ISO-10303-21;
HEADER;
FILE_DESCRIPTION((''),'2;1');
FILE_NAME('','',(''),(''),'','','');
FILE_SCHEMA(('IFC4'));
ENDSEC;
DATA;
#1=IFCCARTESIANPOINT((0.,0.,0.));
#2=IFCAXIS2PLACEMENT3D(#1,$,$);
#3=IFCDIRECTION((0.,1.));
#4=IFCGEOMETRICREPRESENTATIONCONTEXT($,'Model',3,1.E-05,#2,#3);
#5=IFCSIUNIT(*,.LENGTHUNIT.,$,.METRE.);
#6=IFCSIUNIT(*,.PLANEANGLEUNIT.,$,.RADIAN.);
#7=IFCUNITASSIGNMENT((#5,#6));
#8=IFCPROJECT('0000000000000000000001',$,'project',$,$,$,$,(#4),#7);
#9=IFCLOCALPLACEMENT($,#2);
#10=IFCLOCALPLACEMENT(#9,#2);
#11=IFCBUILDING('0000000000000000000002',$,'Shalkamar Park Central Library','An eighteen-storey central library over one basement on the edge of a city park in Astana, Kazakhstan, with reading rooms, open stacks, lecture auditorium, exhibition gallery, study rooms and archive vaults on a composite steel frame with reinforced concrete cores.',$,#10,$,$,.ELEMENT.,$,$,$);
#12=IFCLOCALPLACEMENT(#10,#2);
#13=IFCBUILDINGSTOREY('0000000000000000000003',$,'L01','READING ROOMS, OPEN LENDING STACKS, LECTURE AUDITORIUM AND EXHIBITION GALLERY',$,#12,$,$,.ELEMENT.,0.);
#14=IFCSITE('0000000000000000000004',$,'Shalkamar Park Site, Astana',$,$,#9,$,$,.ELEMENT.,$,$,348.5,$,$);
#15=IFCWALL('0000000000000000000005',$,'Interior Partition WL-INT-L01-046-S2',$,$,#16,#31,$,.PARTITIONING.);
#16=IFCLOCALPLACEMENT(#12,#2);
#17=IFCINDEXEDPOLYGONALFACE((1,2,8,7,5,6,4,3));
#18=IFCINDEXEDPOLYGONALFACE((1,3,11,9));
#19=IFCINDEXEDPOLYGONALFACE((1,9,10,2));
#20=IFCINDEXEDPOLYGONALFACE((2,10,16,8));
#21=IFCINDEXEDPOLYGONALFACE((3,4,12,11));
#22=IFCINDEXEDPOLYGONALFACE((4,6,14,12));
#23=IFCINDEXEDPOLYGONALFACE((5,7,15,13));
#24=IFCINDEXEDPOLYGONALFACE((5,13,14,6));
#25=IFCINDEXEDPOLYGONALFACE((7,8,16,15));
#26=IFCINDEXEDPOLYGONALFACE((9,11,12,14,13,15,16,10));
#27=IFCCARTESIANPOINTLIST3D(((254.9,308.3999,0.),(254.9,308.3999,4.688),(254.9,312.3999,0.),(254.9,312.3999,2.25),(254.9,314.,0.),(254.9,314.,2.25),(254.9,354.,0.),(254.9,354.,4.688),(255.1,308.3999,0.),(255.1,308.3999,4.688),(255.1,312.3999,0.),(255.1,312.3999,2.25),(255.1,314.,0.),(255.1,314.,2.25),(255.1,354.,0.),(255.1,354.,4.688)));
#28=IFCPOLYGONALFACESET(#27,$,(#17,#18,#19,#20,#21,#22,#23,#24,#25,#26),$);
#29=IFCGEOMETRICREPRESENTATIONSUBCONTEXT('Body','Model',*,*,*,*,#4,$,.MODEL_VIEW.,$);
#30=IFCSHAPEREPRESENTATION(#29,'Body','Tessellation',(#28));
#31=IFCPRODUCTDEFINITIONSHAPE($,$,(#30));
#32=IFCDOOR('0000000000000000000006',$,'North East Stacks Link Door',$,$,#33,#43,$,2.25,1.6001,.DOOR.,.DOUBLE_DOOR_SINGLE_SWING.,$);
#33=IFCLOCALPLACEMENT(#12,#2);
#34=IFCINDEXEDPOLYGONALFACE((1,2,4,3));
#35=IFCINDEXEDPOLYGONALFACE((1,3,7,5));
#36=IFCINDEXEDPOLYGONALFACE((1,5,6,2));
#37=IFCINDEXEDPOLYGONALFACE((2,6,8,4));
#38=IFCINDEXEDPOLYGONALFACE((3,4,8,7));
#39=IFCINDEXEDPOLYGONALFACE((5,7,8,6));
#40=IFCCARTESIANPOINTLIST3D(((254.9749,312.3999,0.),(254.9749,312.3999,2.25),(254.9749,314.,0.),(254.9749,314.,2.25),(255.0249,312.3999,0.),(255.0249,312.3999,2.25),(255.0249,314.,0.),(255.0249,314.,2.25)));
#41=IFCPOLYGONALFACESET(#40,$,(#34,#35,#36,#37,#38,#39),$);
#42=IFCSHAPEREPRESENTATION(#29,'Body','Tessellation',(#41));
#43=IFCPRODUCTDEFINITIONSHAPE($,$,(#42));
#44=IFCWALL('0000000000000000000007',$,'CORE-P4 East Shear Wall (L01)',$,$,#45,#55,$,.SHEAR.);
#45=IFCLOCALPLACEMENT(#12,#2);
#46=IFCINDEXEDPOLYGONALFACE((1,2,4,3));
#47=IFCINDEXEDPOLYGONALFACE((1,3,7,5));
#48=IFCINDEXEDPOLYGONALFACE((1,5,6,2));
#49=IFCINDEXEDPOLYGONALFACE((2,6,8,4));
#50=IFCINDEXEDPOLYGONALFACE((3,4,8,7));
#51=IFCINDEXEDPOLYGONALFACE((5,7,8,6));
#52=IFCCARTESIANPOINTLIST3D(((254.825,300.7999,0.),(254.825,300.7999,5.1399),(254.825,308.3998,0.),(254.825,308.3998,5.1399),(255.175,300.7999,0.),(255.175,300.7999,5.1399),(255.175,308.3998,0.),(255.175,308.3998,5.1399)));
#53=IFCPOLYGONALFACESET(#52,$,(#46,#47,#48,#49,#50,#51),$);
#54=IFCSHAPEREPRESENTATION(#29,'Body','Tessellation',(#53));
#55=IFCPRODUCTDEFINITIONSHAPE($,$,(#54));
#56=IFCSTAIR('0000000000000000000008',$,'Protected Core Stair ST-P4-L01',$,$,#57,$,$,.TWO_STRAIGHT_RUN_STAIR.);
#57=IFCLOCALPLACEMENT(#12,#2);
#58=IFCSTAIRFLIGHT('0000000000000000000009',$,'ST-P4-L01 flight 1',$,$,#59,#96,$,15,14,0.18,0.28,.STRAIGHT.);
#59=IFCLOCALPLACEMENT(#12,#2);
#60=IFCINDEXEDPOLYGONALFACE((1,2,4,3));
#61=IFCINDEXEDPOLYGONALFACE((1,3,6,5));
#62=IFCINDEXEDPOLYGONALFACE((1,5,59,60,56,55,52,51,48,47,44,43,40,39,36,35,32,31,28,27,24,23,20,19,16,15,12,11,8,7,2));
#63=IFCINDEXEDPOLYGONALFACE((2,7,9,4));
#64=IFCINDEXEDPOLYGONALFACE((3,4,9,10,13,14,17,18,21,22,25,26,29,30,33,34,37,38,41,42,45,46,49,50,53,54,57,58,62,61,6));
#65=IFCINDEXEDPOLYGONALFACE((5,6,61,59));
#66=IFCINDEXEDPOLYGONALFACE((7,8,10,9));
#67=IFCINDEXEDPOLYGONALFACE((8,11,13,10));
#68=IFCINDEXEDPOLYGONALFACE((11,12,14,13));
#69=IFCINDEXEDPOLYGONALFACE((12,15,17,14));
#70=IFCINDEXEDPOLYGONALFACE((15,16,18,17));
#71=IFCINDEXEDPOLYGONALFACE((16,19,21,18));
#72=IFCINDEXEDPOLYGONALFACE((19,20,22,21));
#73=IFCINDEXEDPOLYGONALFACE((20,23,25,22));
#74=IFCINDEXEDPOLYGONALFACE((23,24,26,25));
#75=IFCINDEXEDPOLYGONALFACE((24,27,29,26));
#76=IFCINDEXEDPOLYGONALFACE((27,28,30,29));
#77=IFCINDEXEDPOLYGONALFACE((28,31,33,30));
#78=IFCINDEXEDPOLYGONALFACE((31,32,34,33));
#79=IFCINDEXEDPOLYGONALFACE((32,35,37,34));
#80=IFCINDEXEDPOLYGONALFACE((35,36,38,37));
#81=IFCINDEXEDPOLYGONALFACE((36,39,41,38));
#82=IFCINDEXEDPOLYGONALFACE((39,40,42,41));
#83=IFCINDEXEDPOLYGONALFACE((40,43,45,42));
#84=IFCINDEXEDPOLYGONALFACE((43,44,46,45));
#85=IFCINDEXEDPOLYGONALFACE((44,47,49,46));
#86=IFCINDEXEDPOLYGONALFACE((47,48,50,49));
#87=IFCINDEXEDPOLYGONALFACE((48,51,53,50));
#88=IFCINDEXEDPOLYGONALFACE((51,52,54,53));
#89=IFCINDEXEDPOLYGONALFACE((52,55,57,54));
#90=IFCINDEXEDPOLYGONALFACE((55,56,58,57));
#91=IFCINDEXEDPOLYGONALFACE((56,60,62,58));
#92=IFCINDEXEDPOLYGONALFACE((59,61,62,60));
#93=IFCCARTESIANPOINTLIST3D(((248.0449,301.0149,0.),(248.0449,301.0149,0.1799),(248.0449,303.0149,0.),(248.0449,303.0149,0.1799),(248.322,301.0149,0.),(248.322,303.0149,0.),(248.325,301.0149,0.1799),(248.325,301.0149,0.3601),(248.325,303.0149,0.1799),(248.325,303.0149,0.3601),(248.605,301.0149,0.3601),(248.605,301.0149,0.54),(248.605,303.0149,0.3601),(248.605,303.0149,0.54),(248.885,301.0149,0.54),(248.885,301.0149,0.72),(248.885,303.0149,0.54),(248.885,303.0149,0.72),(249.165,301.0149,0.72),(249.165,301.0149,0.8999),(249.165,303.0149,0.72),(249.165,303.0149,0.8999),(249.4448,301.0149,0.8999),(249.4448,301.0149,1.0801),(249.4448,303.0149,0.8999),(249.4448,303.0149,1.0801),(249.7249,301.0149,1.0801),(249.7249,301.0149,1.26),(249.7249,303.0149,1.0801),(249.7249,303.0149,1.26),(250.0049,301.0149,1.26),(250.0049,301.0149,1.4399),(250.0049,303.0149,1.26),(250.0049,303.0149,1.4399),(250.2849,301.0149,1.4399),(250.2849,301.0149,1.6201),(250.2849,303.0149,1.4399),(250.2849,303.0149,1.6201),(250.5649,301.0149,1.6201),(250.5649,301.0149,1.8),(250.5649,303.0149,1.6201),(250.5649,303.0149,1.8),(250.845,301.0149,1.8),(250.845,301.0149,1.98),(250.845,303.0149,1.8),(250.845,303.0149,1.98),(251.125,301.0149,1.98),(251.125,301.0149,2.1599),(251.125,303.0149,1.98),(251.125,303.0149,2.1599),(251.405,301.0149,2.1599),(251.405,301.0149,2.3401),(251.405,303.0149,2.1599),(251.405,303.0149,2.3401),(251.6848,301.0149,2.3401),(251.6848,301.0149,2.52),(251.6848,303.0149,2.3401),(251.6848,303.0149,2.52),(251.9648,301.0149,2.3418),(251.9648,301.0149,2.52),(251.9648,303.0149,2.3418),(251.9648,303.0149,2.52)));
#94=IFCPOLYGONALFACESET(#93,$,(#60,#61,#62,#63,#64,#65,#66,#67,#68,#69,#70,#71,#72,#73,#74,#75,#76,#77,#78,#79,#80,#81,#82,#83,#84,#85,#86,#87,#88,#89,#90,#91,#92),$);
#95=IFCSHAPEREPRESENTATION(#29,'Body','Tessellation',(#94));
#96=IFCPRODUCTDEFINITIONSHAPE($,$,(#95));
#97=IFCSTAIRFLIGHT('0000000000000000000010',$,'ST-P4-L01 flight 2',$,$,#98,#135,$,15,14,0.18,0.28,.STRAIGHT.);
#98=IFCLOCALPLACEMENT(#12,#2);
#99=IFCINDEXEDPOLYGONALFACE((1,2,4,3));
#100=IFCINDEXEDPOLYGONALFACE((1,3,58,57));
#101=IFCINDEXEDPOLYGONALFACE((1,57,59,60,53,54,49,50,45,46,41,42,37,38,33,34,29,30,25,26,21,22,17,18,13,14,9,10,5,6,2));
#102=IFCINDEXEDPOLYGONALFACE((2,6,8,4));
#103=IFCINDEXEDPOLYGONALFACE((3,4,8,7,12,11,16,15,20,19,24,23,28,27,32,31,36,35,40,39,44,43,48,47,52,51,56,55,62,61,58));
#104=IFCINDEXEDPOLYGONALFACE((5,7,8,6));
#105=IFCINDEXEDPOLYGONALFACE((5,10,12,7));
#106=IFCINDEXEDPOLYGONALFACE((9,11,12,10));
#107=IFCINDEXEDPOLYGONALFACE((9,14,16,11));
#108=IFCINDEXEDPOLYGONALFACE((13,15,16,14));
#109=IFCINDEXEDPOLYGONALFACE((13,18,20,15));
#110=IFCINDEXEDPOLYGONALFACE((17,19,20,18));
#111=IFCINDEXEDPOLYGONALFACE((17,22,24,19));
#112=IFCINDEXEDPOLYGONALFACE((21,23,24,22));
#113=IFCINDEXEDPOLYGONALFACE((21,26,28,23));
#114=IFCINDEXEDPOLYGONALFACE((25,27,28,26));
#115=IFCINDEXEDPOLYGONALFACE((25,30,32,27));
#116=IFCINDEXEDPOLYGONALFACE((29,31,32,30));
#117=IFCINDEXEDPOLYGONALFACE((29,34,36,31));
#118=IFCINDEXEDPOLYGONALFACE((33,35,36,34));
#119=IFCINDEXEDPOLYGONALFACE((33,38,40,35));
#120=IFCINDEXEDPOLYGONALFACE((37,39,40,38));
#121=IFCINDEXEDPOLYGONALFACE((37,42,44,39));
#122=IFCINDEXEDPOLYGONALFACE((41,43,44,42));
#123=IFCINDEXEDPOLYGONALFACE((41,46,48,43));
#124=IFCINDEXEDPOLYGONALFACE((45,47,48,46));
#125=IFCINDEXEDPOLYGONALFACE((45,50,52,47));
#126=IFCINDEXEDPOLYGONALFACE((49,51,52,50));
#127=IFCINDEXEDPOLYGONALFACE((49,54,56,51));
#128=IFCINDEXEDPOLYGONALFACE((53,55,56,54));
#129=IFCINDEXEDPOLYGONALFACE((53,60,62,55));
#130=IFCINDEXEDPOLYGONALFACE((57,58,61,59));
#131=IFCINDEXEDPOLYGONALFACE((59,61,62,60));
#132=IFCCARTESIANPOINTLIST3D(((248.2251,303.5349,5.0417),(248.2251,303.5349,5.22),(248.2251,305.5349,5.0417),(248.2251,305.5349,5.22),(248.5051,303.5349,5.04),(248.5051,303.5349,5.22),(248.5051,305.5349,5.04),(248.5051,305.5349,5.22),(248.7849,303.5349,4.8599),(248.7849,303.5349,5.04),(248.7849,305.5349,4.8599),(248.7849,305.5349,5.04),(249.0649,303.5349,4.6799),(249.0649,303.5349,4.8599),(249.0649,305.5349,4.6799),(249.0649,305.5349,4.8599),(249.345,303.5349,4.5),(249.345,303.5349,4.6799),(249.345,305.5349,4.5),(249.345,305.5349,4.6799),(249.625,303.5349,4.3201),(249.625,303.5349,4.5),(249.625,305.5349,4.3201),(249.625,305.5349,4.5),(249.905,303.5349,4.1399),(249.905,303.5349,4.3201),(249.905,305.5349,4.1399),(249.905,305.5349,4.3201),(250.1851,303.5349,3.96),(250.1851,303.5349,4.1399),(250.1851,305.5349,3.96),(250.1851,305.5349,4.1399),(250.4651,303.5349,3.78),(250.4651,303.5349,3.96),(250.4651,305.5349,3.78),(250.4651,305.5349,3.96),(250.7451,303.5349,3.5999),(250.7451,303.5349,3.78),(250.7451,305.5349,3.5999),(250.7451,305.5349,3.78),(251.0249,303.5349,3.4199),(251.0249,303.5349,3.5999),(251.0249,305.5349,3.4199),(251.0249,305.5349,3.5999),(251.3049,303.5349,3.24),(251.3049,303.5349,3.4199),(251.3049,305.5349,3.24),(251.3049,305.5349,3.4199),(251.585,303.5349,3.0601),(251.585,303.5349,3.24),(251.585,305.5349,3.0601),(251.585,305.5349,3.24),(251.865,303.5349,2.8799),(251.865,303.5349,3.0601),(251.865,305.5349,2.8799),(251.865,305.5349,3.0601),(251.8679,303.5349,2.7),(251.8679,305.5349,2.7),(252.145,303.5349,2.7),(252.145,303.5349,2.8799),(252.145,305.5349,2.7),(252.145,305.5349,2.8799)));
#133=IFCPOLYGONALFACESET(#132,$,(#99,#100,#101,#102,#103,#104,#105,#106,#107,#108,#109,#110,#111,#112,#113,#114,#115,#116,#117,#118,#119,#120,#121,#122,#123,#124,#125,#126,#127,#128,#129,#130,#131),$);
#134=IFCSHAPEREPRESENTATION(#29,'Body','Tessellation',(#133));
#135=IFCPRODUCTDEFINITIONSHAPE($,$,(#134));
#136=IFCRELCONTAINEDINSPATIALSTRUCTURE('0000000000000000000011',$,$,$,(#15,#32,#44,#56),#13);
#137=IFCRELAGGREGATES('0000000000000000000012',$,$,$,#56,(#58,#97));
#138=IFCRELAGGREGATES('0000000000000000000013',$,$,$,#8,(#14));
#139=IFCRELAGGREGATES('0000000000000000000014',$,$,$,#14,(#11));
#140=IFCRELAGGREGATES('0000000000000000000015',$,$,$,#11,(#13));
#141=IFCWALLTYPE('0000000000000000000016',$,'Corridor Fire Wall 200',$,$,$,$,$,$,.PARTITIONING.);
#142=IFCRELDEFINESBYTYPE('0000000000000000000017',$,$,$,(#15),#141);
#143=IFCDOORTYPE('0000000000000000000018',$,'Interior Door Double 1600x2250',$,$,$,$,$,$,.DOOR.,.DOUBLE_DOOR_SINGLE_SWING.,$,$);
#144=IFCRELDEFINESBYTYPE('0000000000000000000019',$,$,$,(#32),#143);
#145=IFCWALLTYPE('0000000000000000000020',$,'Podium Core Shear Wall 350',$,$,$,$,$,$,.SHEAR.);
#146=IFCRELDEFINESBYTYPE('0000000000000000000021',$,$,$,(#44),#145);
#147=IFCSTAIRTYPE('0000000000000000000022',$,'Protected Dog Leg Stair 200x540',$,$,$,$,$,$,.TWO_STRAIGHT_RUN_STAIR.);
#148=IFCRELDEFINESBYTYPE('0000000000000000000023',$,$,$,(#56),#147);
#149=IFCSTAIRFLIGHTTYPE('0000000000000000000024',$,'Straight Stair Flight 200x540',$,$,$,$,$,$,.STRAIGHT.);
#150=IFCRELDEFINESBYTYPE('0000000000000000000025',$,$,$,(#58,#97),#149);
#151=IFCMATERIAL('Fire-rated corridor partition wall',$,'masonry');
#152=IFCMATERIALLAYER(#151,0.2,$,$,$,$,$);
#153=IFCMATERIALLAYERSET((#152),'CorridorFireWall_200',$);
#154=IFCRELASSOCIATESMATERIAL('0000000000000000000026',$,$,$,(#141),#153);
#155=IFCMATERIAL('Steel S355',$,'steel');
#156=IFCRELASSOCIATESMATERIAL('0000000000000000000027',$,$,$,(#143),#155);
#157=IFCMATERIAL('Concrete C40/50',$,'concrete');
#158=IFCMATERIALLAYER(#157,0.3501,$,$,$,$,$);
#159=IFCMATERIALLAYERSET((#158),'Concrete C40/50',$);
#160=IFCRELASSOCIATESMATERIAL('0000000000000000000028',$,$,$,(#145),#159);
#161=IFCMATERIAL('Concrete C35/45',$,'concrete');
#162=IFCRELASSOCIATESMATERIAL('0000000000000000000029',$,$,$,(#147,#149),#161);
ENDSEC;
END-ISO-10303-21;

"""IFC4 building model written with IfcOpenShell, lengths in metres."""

from ifc_helpers import new_model, si_unit, direction, frame, frame_2d, origin, place, context, subcontext, project, spatial, polyline, rectangle, outline, extrude, material, layer, layer_set, type_object, element, fill, aggregate, save


model = new_model("IFC4")

# Units and contexts
model_context = context("Model", 3, precision=1e-05, world=origin(), true_north=direction((0.0, 1.0)))
body_context = subcontext(model_context, "Body", "Model", "MODEL_VIEW")
ifc_project = project(units=[si_unit("LENGTHUNIT", "METRE"), si_unit("PLANEANGLEUNIT", "RADIAN")], contexts=[model_context])

# Site, building, storey
site_placement = place(None, origin())
site = spatial("IfcSite", under=ifc_project, at=site_placement, Name="Shalkamar Park Site, Astana", CompositionType="ELEMENT", RefElevation=348.5)
building_placement = place(site_placement, origin())
building = spatial("IfcBuilding", under=site, at=building_placement, Name="Shalkamar Park Central Library", Description="An eighteen-storey central library over one basement on the edge of a city park in Astana, Kazakhstan, with reading rooms, open stacks, lecture auditorium, exhibition gallery, study rooms and archive vaults on a composite steel frame with reinforced concrete cores.", CompositionType="ELEMENT")
storey_placement = place(building_placement, origin())
storey = spatial("IfcBuildingStorey", under=building, at=storey_placement, Name="L01", Description="READING ROOMS, OPEN LENDING STACKS, LECTURE AUDITORIUM AND EXHIBITION GALLERY", CompositionType="ELEMENT", Elevation=0.0)

# Shared definitions
ifc_material_1 = material(Name="Steel S355", Category="steel")

# Wall, opening, door
ifc_material_2 = material(Name="Fire-rated corridor partition wall", Category="masonry")
ifc_layer_1 = layer(ifc_material_2, 0.2)
ifc_layer_set_1 = layer_set([ifc_layer_1], Name="CorridorFireWall_200")
wall_type_1 = type_object("IfcWallType", Name="Corridor Fire Wall 200", PredefinedType="PARTITIONING", material=ifc_layer_set_1)
wall_1_placement = place(storey_placement, frame((255.0, 308.3999, 0.0), z_axis=(0.0, 0.0, 1.0), x_axis=(0.0, 1.0, 0.0)))
wall_1 = element("IfcWall", 1, at=wall_1_placement, inside=storey, type_object=wall_type_1, Name="Interior Partition WL-INT-L01-046-S2", PredefinedType="PARTITIONING", context=body_context, shape_type="SweptSolid", body=[
    extrude(rectangle(XDim=45.6001, YDim=0.2, at=frame_2d((22.8, 0.0))), origin(), (0.0, 0.0, 1.0), 4.688),
])
opening_placement = place(wall_1_placement, frame((4.0, 0.0, 0.0)))
opening = element("IfcOpeningElement", 2, at=opening_placement, cuts=wall_1, PredefinedType="OPENING", context=body_context, shape_type="SweptSolid", body=[
    extrude(rectangle(XDim=1.6001, YDim=2.25, at=frame_2d((0.8, 1.125))), frame((0.0, 0.1147, 0.0), z_axis=(0.0, -1.0, 0.0), x_axis=(1.0, 0.0, 0.0)), (0.0, 0.0, 1.0), 0.2297),
])
door_type = type_object("IfcDoorType", Name="Interior Door Double 1600x2250", OperationType="DOUBLE_DOOR_SINGLE_SWING", PredefinedType="DOOR", material=ifc_material_1)
door_placement = place(opening_placement, frame((1.6001, 0.0, 0.0), z_axis=(0.0, 0.0, 1.0), x_axis=(-1.0, 0.0, 0.0)))
door = element("IfcDoor", 3, at=door_placement, inside=storey, type_object=door_type, Name="North East Stacks Link Door", OperationType="DOUBLE_DOOR_SINGLE_SWING", OverallHeight=2.25, OverallWidth=1.6001, PredefinedType="DOOR", context=body_context, shape_type="SweptSolid", body=[
    extrude(rectangle(XDim=1.6001, YDim=2.25, at=frame_2d((0.8, 1.125))), frame((0.0, 0.0249, 0.0), z_axis=(0.0, -1.0, 0.0), x_axis=(1.0, 0.0, 0.0)), (0.0, 0.0, 1.0), 0.05),
])
fill(opening, door)

# Wall
ifc_material_3 = material(Name="Concrete C40/50", Category="concrete")
ifc_layer_2 = layer(ifc_material_3, 0.3501)
ifc_layer_set_2 = layer_set([ifc_layer_2], Name="Concrete C40/50")
wall_type_2 = type_object("IfcWallType", Name="Podium Core Shear Wall 350", PredefinedType="SHEAR", material=ifc_layer_set_2)
wall_2_placement = place(storey_placement, frame((255.0, 300.8, 0.0), z_axis=(0.0, 0.0, 1.0), x_axis=(0.0, 1.0, 0.0)))
element("IfcWall", 4, at=wall_2_placement, inside=storey, type_object=wall_type_2, Name="CORE-P4 East Shear Wall (L01)", PredefinedType="SHEAR", context=body_context, shape_type="SweptSolid", body=[
    extrude(rectangle(XDim=7.5999, YDim=0.3501, at=frame_2d((3.7998, 0.0))), origin(), (0.0, 0.0, 1.0), 5.1399),
])

# Stair, stair flights
ifc_material_4 = material(Name="Concrete C35/45", Category="concrete")
stair_type = type_object("IfcStairType", Name="Protected Dog Leg Stair 200x540", PredefinedType="TWO_STRAIGHT_RUN_STAIR", material=ifc_material_4)
stair_placement = place(storey_placement, origin())
stair = element("IfcStair", 5, at=stair_placement, inside=storey, type_object=stair_type, Name="Protected Core Stair ST-P4-L01", PredefinedType="TWO_STRAIGHT_RUN_STAIR")
stair_flight_type = type_object("IfcStairFlightType", Name="Straight Stair Flight 200x540", PredefinedType="STRAIGHT", material=ifc_material_4)
stair_flight_1_placement = place(storey_placement, frame((248.0449, 302.0149, 0.0), z_axis=(0.0, 0.0, 1.0), x_axis=(1.0, 0.0, 0.0)))
stair_flight_1 = element("IfcStairFlight", 6, at=stair_flight_1_placement, type_object=stair_flight_type, Name="ST-P4-L01 flight 1", NumberOfRisers=15, NumberOfTreads=14, PredefinedType="STRAIGHT", RiserHeight=0.18, TreadLength=0.28, context=body_context, shape_type="SweptSolid", body=[
    extrude(outline(polyline([(0.0, 0.0), (0.0, 0.1799), (0.28, 0.1799), (0.28, 0.3601), (0.5601, 0.3601), (0.5601, 0.54), (0.8401, 0.54), (0.8401, 0.72), (1.1201, 0.72), (1.1201, 0.8999), (1.3999, 0.8999), (1.3999, 1.0801), (1.6799, 1.0801), (1.6799, 1.26), (1.96, 1.26), (1.96, 1.4399), (2.24, 1.4399), (2.24, 1.6201), (2.52, 1.6201), (2.52, 1.8), (2.8, 1.8), (2.8, 1.98), (3.0801, 1.98), (3.0801, 2.1599), (3.3601, 2.1599), (3.3601, 2.3401), (3.6399, 2.3401), (3.6399, 2.52), (3.9199, 2.52), (3.9199, 2.7), (3.9199, 2.3418), (0.2771, 0.0), (0.0, 0.0)])), frame((0.0, 1.0, 0.0), z_axis=(0.0, -1.0, 0.0), x_axis=(1.0, 0.0, 0.0)), (0.0, 0.0, 1.0), 2.0),
])
stair_flight_2_placement = place(storey_placement, frame((252.145, 304.5349, 2.7), z_axis=(0.0, 0.0, 1.0), x_axis=(-1.0, 0.0, 0.0)))
stair_flight_2 = element("IfcStairFlight", 7, at=stair_flight_2_placement, type_object=stair_flight_type, Name="ST-P4-L01 flight 2", NumberOfRisers=15, NumberOfTreads=14, PredefinedType="STRAIGHT", RiserHeight=0.18, TreadLength=0.28, context=body_context, shape_type="SweptSolid", body=[
    extrude(outline(polyline([(0.0, 0.0), (0.0, 0.1799), (0.28, 0.1799), (0.28, 0.3601), (0.5601, 0.3601), (0.5601, 0.54), (0.8401, 0.54), (0.8401, 0.72), (1.1201, 0.72), (1.1201, 0.8999), (1.3999, 0.8999), (1.3999, 1.0801), (1.6799, 1.0801), (1.6799, 1.26), (1.96, 1.26), (1.96, 1.4399), (2.24, 1.4399), (2.24, 1.6201), (2.52, 1.6201), (2.52, 1.8), (2.8, 1.8), (2.8, 1.98), (3.0801, 1.98), (3.0801, 2.1599), (3.3601, 2.1599), (3.3601, 2.3401), (3.6399, 2.3401), (3.6399, 2.52), (3.9199, 2.52), (3.9199, 2.7), (3.9199, 2.3418), (0.2771, 0.0), (0.0, 0.0)])), frame((0.0, 1.0, 0.0), z_axis=(0.0, -1.0, 0.0), x_axis=(1.0, 0.0, 0.0)), (0.0, 0.0, 1.0), 2.0),
])
aggregate(stair, [stair_flight_1, stair_flight_2])

save(model, "model.ifc")
